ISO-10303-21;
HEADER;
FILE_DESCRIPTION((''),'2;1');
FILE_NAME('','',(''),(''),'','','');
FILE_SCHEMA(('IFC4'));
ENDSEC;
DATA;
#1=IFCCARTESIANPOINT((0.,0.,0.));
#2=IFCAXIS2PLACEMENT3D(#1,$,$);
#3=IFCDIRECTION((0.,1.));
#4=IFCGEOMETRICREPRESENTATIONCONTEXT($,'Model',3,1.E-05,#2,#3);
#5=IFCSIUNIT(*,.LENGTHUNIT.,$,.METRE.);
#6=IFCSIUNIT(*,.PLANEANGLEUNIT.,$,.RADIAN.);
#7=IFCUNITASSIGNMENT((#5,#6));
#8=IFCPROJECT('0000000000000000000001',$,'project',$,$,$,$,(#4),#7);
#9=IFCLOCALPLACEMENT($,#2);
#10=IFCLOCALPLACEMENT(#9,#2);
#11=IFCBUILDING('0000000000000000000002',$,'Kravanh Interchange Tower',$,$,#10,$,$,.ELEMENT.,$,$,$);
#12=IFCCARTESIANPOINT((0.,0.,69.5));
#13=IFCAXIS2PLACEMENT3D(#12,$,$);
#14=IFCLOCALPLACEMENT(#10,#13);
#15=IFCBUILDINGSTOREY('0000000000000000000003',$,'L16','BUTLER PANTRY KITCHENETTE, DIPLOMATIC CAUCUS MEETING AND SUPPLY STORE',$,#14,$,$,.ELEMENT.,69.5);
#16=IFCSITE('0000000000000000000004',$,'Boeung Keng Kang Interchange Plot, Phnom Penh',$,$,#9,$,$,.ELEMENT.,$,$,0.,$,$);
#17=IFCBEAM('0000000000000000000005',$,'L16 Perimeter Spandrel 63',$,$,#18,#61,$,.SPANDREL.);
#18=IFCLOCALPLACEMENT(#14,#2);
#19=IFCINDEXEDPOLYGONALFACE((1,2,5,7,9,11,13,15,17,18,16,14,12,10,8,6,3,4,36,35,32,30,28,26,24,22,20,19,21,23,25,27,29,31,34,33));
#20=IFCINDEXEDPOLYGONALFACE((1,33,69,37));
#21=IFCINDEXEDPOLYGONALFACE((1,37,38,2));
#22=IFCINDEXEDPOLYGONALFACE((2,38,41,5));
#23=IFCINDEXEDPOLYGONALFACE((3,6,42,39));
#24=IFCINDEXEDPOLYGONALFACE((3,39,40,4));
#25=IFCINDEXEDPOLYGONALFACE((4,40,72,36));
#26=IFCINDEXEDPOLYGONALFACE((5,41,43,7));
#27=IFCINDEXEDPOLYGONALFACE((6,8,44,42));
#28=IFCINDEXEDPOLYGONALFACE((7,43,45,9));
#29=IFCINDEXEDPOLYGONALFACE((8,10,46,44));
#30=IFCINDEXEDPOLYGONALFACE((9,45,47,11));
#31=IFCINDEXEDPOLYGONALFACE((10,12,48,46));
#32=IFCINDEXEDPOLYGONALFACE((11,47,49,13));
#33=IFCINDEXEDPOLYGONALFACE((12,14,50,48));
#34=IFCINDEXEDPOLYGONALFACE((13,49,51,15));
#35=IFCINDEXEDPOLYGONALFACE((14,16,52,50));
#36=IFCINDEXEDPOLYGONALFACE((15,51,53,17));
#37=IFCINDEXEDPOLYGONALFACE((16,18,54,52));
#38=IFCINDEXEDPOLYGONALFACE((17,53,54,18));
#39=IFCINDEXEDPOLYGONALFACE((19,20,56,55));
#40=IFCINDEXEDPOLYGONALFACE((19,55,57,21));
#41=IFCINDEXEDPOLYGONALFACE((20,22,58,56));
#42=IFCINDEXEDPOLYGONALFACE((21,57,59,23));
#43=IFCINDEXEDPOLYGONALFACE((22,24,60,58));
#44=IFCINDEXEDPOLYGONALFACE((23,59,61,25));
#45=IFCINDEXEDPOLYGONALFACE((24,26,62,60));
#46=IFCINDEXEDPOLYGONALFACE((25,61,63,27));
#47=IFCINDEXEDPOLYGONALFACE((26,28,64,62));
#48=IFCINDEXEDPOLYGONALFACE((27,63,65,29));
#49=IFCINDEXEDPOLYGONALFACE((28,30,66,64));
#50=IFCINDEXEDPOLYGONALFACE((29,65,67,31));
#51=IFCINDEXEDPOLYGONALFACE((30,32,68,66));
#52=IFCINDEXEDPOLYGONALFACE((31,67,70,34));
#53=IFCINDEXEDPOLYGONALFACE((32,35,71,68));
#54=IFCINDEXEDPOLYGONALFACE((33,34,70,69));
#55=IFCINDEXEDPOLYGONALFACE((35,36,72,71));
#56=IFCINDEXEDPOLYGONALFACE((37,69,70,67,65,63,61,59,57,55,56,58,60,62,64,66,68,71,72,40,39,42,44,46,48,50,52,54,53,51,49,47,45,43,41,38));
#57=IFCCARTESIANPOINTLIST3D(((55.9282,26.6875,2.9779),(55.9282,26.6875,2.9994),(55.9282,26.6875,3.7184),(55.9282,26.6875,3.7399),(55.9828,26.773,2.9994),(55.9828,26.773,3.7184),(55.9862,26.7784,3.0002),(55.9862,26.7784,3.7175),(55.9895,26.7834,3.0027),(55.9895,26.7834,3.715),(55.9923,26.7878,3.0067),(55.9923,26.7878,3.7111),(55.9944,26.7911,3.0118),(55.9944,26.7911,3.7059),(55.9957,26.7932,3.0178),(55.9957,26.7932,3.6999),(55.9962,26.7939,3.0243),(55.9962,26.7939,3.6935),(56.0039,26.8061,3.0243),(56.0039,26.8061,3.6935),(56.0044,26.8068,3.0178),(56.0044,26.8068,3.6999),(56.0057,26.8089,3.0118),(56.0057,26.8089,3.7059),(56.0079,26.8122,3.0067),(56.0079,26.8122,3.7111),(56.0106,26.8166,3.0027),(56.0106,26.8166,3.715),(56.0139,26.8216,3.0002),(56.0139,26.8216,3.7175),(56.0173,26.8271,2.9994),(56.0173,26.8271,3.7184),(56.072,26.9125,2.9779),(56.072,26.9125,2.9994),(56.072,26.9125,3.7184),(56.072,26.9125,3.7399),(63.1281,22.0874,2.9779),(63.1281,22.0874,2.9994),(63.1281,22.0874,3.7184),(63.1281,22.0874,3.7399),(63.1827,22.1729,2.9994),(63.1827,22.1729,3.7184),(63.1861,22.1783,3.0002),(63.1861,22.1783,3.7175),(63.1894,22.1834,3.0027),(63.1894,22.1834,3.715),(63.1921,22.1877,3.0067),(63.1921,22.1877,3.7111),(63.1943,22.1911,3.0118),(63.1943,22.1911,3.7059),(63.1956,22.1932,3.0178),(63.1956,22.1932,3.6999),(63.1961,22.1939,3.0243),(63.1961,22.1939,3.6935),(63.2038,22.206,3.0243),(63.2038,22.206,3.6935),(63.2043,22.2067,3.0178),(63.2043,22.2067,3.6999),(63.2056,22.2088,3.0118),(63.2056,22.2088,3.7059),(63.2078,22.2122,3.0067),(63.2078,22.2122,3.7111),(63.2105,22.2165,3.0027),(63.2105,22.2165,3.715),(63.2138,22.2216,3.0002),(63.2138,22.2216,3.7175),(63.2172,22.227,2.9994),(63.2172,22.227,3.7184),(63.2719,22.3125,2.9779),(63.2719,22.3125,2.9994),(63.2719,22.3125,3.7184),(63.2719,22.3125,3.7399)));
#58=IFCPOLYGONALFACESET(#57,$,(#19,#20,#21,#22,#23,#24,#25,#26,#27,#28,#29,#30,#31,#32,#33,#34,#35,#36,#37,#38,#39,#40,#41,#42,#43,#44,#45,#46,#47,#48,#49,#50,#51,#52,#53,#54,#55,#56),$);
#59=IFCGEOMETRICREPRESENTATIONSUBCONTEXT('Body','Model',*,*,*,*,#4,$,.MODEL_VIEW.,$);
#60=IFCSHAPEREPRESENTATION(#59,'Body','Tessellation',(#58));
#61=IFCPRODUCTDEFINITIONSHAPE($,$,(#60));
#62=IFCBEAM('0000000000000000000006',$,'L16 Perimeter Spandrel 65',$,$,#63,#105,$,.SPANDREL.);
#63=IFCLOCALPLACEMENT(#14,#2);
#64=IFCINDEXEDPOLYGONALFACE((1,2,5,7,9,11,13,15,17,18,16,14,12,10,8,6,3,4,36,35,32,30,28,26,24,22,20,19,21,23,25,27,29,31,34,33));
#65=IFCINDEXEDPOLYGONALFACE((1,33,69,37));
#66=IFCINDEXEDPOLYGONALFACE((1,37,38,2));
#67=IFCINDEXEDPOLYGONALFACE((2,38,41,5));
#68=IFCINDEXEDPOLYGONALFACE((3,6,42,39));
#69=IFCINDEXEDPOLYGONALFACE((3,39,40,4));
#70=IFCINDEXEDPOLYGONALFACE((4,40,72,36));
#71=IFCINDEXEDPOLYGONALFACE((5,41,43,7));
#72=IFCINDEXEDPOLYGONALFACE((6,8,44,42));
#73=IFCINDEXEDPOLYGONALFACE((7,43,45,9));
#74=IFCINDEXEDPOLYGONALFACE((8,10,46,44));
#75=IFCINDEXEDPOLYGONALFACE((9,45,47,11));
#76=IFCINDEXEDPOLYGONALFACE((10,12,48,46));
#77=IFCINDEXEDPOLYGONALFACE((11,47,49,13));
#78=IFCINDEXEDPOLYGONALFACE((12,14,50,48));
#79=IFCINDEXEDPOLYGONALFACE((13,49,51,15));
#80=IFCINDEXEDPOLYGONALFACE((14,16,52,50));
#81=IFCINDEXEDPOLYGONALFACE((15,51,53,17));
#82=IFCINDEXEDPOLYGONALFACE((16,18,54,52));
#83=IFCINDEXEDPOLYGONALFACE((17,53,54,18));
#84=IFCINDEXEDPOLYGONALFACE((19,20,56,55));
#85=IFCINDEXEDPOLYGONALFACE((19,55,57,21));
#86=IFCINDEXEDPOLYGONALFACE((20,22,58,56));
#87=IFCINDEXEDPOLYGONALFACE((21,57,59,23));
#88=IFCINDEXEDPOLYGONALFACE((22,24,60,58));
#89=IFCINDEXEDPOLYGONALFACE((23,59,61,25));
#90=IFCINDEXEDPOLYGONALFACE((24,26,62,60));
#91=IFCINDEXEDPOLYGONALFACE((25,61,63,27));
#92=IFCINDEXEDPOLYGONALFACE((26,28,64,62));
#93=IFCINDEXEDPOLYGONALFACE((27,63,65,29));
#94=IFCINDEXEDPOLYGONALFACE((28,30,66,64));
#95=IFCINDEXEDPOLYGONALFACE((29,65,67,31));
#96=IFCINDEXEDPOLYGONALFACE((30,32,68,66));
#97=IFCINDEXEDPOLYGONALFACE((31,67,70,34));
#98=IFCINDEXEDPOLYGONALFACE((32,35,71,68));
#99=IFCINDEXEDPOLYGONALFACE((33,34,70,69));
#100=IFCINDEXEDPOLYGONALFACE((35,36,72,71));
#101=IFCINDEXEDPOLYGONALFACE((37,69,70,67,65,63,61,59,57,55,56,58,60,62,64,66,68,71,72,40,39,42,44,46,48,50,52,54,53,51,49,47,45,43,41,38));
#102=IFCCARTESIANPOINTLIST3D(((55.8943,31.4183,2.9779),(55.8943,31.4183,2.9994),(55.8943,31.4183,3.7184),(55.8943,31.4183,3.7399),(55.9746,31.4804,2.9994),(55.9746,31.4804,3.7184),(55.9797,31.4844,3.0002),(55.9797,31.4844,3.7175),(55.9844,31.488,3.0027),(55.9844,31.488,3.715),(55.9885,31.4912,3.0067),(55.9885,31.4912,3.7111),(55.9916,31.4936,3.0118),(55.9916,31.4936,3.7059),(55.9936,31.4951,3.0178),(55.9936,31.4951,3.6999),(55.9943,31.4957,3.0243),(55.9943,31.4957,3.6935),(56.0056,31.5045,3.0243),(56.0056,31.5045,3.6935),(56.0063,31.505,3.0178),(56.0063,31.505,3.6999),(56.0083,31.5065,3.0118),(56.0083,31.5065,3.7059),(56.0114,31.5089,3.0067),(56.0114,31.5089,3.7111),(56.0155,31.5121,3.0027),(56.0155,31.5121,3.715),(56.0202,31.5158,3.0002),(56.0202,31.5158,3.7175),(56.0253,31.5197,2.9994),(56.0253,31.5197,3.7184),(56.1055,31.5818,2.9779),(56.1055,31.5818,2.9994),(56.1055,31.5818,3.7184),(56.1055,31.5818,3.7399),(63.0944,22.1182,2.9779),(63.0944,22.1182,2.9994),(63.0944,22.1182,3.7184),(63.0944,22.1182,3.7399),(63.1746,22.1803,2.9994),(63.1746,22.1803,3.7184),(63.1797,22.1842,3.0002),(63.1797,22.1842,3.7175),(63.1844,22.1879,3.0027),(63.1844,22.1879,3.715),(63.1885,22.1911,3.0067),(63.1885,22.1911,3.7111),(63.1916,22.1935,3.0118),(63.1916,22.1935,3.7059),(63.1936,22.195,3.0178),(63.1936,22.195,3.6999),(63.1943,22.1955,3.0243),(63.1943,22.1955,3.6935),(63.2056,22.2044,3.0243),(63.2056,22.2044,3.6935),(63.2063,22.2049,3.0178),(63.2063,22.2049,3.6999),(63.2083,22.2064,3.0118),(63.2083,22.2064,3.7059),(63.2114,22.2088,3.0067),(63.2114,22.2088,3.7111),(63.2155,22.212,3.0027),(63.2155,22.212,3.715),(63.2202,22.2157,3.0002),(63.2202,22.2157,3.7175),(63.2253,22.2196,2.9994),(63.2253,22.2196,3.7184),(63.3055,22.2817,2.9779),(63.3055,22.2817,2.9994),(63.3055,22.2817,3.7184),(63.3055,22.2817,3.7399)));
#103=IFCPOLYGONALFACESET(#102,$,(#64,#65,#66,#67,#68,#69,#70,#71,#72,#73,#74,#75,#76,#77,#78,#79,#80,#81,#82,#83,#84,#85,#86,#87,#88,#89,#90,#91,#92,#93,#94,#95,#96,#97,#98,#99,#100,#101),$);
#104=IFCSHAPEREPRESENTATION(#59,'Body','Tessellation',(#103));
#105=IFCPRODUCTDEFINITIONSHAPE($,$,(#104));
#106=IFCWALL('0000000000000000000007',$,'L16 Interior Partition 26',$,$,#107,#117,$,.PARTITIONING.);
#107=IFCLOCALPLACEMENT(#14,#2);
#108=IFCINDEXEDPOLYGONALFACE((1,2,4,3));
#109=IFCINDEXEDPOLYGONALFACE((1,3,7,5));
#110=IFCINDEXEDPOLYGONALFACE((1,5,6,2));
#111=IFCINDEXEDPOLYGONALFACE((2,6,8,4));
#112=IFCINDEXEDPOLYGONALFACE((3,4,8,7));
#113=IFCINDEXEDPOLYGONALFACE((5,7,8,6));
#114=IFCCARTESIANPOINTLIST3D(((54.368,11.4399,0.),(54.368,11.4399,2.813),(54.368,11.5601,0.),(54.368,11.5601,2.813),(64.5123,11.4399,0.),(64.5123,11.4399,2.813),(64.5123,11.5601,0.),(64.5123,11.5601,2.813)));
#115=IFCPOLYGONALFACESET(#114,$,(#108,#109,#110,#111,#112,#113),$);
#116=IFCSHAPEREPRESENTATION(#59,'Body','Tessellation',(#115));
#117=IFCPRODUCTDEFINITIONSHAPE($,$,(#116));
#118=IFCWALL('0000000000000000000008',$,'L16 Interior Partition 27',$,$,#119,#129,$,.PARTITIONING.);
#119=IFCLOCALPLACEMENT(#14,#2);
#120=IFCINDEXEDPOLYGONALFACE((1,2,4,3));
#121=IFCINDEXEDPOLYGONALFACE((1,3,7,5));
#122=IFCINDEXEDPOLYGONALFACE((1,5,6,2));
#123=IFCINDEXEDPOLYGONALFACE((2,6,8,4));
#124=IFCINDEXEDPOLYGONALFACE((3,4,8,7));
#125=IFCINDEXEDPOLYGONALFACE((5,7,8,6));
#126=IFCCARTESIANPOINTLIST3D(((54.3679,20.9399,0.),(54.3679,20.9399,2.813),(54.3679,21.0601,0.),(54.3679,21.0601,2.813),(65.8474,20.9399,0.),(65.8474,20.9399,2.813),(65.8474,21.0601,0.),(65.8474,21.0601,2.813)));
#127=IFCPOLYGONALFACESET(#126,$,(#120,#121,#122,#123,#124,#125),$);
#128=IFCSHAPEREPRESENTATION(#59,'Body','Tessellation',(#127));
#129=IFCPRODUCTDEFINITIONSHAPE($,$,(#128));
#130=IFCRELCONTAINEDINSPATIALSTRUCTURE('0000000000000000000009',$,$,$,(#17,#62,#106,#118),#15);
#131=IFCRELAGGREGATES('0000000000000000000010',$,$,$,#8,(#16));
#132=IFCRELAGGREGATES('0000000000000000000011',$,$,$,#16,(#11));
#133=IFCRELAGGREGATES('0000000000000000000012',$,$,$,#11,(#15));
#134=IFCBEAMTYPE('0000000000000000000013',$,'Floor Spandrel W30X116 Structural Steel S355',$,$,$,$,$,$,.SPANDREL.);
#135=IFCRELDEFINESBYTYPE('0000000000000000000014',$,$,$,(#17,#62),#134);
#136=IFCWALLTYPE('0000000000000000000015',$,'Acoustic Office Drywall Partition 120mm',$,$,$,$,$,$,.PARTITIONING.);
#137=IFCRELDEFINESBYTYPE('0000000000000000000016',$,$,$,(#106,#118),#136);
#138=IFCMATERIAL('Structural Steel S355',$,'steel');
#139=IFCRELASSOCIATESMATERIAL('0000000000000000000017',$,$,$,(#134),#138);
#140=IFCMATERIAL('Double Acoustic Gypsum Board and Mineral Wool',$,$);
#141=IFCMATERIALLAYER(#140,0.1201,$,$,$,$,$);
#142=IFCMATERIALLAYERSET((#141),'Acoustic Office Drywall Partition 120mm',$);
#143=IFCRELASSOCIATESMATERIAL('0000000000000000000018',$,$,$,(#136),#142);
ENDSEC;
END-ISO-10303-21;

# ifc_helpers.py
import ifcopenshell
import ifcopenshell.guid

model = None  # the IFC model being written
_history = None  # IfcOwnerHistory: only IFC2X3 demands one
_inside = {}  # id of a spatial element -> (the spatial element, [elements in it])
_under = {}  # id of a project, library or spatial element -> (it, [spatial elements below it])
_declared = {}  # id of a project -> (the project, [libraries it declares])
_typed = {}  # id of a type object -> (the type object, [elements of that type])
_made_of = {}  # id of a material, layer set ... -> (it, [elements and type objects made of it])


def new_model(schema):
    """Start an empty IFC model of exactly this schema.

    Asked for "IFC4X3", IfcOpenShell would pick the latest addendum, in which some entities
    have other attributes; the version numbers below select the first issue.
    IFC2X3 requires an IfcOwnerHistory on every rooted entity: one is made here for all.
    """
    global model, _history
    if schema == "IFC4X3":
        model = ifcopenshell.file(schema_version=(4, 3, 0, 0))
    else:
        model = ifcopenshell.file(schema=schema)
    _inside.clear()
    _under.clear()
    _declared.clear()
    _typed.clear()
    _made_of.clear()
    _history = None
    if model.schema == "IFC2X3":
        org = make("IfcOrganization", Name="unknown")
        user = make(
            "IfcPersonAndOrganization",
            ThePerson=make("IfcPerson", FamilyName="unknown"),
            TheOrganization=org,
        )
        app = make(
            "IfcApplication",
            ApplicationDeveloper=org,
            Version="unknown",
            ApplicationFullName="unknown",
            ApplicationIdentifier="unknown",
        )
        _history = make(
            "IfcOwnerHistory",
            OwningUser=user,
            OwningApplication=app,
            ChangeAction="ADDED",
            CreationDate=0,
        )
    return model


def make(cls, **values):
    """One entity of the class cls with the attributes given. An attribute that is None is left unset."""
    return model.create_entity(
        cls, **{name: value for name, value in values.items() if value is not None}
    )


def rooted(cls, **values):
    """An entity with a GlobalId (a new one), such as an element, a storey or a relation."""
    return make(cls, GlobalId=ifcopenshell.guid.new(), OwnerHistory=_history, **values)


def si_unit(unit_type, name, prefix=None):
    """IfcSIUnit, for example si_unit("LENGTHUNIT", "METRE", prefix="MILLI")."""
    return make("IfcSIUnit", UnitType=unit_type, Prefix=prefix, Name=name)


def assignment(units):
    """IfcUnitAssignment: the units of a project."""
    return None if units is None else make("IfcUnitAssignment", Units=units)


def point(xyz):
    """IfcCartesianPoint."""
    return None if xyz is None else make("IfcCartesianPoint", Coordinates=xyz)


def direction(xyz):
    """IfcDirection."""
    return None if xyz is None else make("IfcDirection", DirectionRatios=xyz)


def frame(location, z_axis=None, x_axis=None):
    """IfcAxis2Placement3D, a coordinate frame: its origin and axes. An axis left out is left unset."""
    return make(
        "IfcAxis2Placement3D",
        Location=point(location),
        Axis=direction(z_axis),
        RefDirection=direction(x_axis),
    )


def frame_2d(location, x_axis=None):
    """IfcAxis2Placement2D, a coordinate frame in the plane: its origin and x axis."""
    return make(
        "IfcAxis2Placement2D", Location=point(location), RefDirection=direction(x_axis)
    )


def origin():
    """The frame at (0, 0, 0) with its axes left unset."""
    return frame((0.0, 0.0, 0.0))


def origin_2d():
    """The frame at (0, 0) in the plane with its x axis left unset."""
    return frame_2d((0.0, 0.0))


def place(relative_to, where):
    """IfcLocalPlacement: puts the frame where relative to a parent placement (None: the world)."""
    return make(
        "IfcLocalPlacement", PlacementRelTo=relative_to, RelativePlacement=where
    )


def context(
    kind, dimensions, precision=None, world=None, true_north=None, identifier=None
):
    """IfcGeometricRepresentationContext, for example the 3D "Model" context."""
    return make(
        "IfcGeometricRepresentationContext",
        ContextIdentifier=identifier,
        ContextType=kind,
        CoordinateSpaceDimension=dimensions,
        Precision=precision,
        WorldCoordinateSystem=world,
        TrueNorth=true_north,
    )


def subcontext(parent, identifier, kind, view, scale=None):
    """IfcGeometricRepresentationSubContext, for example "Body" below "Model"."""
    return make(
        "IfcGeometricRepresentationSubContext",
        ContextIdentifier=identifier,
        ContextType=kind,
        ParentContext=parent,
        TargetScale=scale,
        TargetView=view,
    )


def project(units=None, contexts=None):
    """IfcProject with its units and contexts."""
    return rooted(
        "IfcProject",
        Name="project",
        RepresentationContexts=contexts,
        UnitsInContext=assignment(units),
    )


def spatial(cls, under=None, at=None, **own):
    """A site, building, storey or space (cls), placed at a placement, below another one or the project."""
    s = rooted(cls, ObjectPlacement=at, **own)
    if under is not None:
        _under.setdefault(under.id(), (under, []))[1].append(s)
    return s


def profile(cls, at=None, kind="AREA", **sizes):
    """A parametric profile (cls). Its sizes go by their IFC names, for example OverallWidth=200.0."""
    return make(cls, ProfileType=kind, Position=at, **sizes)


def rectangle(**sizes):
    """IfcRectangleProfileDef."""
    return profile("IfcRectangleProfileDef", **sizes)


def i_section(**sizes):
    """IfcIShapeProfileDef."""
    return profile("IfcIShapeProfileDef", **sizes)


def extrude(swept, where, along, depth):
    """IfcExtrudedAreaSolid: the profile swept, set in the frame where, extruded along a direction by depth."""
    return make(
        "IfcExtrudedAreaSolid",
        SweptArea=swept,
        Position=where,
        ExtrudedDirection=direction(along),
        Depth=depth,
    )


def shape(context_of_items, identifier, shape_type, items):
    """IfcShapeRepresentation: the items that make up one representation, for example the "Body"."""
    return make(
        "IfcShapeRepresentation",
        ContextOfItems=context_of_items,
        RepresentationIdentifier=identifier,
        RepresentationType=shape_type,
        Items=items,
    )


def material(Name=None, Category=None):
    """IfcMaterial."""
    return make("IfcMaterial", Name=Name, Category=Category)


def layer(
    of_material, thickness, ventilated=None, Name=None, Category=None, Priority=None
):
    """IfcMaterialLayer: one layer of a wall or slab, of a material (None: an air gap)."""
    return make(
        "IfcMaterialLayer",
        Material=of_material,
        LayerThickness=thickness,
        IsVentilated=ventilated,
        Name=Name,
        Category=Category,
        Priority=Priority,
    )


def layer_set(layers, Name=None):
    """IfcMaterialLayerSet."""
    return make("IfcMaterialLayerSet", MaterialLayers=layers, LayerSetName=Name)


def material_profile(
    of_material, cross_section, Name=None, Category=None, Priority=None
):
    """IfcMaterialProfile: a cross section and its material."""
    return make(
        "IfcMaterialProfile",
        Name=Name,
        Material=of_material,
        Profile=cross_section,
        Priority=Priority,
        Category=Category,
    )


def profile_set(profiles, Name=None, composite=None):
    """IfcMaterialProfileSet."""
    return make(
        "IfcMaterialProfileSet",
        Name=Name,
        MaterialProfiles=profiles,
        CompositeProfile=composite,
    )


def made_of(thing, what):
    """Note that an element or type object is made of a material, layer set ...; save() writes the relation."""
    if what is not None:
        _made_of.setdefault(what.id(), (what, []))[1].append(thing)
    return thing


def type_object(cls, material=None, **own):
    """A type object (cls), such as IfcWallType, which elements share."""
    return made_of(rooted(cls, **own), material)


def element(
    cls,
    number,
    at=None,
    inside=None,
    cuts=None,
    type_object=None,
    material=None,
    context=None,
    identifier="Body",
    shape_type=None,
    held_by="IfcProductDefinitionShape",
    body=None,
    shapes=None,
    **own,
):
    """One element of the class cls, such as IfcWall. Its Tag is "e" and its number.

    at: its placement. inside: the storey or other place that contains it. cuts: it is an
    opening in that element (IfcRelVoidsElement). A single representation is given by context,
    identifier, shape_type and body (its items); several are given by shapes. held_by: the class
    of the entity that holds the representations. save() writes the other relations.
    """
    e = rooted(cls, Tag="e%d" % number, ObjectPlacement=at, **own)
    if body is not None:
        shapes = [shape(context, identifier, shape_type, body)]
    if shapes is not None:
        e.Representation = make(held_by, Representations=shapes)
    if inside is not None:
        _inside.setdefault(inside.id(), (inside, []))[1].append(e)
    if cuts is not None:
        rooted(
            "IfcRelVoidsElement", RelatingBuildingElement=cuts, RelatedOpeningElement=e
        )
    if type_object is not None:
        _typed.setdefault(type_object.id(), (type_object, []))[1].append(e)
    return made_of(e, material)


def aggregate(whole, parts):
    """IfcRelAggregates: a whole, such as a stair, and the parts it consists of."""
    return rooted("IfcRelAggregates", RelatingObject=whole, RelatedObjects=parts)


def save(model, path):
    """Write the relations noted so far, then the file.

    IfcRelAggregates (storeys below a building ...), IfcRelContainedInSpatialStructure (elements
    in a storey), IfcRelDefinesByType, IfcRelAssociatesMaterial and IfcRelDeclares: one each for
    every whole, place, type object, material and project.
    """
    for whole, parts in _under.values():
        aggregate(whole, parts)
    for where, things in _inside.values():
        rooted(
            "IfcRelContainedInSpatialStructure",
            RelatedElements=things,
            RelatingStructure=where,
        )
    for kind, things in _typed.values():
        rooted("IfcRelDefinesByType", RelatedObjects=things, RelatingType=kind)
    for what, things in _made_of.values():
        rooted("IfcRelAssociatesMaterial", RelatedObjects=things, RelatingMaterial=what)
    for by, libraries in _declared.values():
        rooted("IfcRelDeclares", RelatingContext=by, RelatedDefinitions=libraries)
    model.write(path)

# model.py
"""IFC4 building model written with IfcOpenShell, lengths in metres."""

from ifc_helpers import new_model, si_unit, direction, frame, frame_2d, origin, origin_2d, place, context, subcontext, project, spatial, rectangle, i_section, extrude, material, layer, layer_set, material_profile, profile_set, type_object, element, save


model = new_model("IFC4")

# Units and contexts
model_context = context("Model", 3, precision=1e-05, world=origin(), true_north=direction((0.0, 1.0)))
body_context = subcontext(model_context, "Body", "Model", "MODEL_VIEW")
ifc_project = project(units=[si_unit("LENGTHUNIT", "METRE"), si_unit("PLANEANGLEUNIT", "RADIAN")], contexts=[model_context])

# Site, building, storey
site_placement = place(None, origin())
site = spatial("IfcSite", under=ifc_project, at=site_placement, Name="Boeung Keng Kang Interchange Plot, Phnom Penh", CompositionType="ELEMENT", RefElevation=0.0)
building_placement = place(site_placement, origin())
building = spatial("IfcBuilding", under=site, at=building_placement, Name="Kravanh Interchange Tower", CompositionType="ELEMENT")
storey_placement = place(building_placement, frame((0.0, 0.0, 69.5)))
storey = spatial("IfcBuildingStorey", under=building, at=storey_placement, Name="L16", Description="BUTLER PANTRY KITCHENETTE, DIPLOMATIC CAUCUS MEETING AND SUPPLY STORE", CompositionType="ELEMENT", Elevation=69.5)

# Beams
ifc_material_1 = material(Name="Structural Steel S355", Category="steel")
ifc_material_profile_1 = material_profile(ifc_material_1, i_section(OverallWidth=0.2671, OverallDepth=0.762, WebThickness=0.0144, FlangeThickness=0.0215, FilletRadius=0.0249, at=origin_2d()), Name="W30X116")
ifc_profile_set_1 = profile_set([ifc_material_profile_1], Name="Structural Steel S355")
beam_type_1 = type_object("IfcBeamType", Name="Floor Spandrel W30X116 Structural Steel S355", PredefinedType="SPANDREL", material=ifc_profile_set_1)
beam_1_placement = place(storey_placement, frame((63.2, 22.2, 3.3589), z_axis=(-0.842689, 0.5384, 0.0), x_axis=(-0.5384, -0.842689, 0.0)))
element("IfcBeam", 1, at=beam_1_placement, inside=storey, type_object=beam_type_1, Name="L16 Perimeter Spandrel 63", PredefinedType="SPANDREL", context=body_context, shape_type="SweptSolid", body=[
    extrude(i_section(OverallWidth=0.2671, OverallDepth=0.762, WebThickness=0.0144, FlangeThickness=0.0215, FilletRadius=0.0249, at=origin_2d()), origin(), (0.0, 0.0, 1.0), 8.5439),
])
beam_2_placement = place(storey_placement, frame((63.2, 22.2, 3.3589), z_axis=(-0.612169, 0.790727, 0.0), x_axis=(-0.790727, -0.612169, 0.0)))
element("IfcBeam", 2, at=beam_2_placement, inside=storey, type_object=beam_type_1, Name="L16 Perimeter Spandrel 65", PredefinedType="SPANDREL", context=body_context, shape_type="SweptSolid", body=[
    extrude(i_section(OverallWidth=0.2671, OverallDepth=0.762, WebThickness=0.0144, FlangeThickness=0.0215, FilletRadius=0.0249, at=origin_2d()), origin(), (0.0, 0.0, 1.0), 11.7615),
])

# Walls
ifc_material_2 = material(Name="Double Acoustic Gypsum Board and Mineral Wool")
ifc_layer_1 = layer(ifc_material_2, 0.1201)
ifc_layer_set_1 = layer_set([ifc_layer_1], Name="Acoustic Office Drywall Partition 120mm")
wall_type = type_object("IfcWallType", Name="Acoustic Office Drywall Partition 120mm", PredefinedType="PARTITIONING", material=ifc_layer_set_1)
wall_1_placement = place(storey_placement, frame((54.3679, 11.5, 0.0), z_axis=(0.0, 0.0, 1.0), x_axis=(1.0, 0.0, 0.0)))
element("IfcWall", 3, at=wall_1_placement, inside=storey, type_object=wall_type, Name="L16 Interior Partition 26", PredefinedType="PARTITIONING", context=body_context, shape_type="SweptSolid", body=[
    extrude(rectangle(XDim=10.1443, YDim=0.1201, at=frame_2d((5.0723, 0.0))), origin(), (0.0, 0.0, 1.0), 2.813),
])
wall_2_placement = place(storey_placement, frame((54.3679, 21.0, 0.0), z_axis=(0.0, 0.0, 1.0), x_axis=(1.0, 0.0, 0.0)))
element("IfcWall", 4, at=wall_2_placement, inside=storey, type_object=wall_type, Name="L16 Interior Partition 27", PredefinedType="PARTITIONING", context=body_context, shape_type="SweptSolid", body=[
    extrude(rectangle(XDim=11.4795, YDim=0.1201, at=frame_2d((5.7397, 0.0))), origin(), (0.0, 0.0, 1.0), 2.813),
])

save(model, "model.ifc")
